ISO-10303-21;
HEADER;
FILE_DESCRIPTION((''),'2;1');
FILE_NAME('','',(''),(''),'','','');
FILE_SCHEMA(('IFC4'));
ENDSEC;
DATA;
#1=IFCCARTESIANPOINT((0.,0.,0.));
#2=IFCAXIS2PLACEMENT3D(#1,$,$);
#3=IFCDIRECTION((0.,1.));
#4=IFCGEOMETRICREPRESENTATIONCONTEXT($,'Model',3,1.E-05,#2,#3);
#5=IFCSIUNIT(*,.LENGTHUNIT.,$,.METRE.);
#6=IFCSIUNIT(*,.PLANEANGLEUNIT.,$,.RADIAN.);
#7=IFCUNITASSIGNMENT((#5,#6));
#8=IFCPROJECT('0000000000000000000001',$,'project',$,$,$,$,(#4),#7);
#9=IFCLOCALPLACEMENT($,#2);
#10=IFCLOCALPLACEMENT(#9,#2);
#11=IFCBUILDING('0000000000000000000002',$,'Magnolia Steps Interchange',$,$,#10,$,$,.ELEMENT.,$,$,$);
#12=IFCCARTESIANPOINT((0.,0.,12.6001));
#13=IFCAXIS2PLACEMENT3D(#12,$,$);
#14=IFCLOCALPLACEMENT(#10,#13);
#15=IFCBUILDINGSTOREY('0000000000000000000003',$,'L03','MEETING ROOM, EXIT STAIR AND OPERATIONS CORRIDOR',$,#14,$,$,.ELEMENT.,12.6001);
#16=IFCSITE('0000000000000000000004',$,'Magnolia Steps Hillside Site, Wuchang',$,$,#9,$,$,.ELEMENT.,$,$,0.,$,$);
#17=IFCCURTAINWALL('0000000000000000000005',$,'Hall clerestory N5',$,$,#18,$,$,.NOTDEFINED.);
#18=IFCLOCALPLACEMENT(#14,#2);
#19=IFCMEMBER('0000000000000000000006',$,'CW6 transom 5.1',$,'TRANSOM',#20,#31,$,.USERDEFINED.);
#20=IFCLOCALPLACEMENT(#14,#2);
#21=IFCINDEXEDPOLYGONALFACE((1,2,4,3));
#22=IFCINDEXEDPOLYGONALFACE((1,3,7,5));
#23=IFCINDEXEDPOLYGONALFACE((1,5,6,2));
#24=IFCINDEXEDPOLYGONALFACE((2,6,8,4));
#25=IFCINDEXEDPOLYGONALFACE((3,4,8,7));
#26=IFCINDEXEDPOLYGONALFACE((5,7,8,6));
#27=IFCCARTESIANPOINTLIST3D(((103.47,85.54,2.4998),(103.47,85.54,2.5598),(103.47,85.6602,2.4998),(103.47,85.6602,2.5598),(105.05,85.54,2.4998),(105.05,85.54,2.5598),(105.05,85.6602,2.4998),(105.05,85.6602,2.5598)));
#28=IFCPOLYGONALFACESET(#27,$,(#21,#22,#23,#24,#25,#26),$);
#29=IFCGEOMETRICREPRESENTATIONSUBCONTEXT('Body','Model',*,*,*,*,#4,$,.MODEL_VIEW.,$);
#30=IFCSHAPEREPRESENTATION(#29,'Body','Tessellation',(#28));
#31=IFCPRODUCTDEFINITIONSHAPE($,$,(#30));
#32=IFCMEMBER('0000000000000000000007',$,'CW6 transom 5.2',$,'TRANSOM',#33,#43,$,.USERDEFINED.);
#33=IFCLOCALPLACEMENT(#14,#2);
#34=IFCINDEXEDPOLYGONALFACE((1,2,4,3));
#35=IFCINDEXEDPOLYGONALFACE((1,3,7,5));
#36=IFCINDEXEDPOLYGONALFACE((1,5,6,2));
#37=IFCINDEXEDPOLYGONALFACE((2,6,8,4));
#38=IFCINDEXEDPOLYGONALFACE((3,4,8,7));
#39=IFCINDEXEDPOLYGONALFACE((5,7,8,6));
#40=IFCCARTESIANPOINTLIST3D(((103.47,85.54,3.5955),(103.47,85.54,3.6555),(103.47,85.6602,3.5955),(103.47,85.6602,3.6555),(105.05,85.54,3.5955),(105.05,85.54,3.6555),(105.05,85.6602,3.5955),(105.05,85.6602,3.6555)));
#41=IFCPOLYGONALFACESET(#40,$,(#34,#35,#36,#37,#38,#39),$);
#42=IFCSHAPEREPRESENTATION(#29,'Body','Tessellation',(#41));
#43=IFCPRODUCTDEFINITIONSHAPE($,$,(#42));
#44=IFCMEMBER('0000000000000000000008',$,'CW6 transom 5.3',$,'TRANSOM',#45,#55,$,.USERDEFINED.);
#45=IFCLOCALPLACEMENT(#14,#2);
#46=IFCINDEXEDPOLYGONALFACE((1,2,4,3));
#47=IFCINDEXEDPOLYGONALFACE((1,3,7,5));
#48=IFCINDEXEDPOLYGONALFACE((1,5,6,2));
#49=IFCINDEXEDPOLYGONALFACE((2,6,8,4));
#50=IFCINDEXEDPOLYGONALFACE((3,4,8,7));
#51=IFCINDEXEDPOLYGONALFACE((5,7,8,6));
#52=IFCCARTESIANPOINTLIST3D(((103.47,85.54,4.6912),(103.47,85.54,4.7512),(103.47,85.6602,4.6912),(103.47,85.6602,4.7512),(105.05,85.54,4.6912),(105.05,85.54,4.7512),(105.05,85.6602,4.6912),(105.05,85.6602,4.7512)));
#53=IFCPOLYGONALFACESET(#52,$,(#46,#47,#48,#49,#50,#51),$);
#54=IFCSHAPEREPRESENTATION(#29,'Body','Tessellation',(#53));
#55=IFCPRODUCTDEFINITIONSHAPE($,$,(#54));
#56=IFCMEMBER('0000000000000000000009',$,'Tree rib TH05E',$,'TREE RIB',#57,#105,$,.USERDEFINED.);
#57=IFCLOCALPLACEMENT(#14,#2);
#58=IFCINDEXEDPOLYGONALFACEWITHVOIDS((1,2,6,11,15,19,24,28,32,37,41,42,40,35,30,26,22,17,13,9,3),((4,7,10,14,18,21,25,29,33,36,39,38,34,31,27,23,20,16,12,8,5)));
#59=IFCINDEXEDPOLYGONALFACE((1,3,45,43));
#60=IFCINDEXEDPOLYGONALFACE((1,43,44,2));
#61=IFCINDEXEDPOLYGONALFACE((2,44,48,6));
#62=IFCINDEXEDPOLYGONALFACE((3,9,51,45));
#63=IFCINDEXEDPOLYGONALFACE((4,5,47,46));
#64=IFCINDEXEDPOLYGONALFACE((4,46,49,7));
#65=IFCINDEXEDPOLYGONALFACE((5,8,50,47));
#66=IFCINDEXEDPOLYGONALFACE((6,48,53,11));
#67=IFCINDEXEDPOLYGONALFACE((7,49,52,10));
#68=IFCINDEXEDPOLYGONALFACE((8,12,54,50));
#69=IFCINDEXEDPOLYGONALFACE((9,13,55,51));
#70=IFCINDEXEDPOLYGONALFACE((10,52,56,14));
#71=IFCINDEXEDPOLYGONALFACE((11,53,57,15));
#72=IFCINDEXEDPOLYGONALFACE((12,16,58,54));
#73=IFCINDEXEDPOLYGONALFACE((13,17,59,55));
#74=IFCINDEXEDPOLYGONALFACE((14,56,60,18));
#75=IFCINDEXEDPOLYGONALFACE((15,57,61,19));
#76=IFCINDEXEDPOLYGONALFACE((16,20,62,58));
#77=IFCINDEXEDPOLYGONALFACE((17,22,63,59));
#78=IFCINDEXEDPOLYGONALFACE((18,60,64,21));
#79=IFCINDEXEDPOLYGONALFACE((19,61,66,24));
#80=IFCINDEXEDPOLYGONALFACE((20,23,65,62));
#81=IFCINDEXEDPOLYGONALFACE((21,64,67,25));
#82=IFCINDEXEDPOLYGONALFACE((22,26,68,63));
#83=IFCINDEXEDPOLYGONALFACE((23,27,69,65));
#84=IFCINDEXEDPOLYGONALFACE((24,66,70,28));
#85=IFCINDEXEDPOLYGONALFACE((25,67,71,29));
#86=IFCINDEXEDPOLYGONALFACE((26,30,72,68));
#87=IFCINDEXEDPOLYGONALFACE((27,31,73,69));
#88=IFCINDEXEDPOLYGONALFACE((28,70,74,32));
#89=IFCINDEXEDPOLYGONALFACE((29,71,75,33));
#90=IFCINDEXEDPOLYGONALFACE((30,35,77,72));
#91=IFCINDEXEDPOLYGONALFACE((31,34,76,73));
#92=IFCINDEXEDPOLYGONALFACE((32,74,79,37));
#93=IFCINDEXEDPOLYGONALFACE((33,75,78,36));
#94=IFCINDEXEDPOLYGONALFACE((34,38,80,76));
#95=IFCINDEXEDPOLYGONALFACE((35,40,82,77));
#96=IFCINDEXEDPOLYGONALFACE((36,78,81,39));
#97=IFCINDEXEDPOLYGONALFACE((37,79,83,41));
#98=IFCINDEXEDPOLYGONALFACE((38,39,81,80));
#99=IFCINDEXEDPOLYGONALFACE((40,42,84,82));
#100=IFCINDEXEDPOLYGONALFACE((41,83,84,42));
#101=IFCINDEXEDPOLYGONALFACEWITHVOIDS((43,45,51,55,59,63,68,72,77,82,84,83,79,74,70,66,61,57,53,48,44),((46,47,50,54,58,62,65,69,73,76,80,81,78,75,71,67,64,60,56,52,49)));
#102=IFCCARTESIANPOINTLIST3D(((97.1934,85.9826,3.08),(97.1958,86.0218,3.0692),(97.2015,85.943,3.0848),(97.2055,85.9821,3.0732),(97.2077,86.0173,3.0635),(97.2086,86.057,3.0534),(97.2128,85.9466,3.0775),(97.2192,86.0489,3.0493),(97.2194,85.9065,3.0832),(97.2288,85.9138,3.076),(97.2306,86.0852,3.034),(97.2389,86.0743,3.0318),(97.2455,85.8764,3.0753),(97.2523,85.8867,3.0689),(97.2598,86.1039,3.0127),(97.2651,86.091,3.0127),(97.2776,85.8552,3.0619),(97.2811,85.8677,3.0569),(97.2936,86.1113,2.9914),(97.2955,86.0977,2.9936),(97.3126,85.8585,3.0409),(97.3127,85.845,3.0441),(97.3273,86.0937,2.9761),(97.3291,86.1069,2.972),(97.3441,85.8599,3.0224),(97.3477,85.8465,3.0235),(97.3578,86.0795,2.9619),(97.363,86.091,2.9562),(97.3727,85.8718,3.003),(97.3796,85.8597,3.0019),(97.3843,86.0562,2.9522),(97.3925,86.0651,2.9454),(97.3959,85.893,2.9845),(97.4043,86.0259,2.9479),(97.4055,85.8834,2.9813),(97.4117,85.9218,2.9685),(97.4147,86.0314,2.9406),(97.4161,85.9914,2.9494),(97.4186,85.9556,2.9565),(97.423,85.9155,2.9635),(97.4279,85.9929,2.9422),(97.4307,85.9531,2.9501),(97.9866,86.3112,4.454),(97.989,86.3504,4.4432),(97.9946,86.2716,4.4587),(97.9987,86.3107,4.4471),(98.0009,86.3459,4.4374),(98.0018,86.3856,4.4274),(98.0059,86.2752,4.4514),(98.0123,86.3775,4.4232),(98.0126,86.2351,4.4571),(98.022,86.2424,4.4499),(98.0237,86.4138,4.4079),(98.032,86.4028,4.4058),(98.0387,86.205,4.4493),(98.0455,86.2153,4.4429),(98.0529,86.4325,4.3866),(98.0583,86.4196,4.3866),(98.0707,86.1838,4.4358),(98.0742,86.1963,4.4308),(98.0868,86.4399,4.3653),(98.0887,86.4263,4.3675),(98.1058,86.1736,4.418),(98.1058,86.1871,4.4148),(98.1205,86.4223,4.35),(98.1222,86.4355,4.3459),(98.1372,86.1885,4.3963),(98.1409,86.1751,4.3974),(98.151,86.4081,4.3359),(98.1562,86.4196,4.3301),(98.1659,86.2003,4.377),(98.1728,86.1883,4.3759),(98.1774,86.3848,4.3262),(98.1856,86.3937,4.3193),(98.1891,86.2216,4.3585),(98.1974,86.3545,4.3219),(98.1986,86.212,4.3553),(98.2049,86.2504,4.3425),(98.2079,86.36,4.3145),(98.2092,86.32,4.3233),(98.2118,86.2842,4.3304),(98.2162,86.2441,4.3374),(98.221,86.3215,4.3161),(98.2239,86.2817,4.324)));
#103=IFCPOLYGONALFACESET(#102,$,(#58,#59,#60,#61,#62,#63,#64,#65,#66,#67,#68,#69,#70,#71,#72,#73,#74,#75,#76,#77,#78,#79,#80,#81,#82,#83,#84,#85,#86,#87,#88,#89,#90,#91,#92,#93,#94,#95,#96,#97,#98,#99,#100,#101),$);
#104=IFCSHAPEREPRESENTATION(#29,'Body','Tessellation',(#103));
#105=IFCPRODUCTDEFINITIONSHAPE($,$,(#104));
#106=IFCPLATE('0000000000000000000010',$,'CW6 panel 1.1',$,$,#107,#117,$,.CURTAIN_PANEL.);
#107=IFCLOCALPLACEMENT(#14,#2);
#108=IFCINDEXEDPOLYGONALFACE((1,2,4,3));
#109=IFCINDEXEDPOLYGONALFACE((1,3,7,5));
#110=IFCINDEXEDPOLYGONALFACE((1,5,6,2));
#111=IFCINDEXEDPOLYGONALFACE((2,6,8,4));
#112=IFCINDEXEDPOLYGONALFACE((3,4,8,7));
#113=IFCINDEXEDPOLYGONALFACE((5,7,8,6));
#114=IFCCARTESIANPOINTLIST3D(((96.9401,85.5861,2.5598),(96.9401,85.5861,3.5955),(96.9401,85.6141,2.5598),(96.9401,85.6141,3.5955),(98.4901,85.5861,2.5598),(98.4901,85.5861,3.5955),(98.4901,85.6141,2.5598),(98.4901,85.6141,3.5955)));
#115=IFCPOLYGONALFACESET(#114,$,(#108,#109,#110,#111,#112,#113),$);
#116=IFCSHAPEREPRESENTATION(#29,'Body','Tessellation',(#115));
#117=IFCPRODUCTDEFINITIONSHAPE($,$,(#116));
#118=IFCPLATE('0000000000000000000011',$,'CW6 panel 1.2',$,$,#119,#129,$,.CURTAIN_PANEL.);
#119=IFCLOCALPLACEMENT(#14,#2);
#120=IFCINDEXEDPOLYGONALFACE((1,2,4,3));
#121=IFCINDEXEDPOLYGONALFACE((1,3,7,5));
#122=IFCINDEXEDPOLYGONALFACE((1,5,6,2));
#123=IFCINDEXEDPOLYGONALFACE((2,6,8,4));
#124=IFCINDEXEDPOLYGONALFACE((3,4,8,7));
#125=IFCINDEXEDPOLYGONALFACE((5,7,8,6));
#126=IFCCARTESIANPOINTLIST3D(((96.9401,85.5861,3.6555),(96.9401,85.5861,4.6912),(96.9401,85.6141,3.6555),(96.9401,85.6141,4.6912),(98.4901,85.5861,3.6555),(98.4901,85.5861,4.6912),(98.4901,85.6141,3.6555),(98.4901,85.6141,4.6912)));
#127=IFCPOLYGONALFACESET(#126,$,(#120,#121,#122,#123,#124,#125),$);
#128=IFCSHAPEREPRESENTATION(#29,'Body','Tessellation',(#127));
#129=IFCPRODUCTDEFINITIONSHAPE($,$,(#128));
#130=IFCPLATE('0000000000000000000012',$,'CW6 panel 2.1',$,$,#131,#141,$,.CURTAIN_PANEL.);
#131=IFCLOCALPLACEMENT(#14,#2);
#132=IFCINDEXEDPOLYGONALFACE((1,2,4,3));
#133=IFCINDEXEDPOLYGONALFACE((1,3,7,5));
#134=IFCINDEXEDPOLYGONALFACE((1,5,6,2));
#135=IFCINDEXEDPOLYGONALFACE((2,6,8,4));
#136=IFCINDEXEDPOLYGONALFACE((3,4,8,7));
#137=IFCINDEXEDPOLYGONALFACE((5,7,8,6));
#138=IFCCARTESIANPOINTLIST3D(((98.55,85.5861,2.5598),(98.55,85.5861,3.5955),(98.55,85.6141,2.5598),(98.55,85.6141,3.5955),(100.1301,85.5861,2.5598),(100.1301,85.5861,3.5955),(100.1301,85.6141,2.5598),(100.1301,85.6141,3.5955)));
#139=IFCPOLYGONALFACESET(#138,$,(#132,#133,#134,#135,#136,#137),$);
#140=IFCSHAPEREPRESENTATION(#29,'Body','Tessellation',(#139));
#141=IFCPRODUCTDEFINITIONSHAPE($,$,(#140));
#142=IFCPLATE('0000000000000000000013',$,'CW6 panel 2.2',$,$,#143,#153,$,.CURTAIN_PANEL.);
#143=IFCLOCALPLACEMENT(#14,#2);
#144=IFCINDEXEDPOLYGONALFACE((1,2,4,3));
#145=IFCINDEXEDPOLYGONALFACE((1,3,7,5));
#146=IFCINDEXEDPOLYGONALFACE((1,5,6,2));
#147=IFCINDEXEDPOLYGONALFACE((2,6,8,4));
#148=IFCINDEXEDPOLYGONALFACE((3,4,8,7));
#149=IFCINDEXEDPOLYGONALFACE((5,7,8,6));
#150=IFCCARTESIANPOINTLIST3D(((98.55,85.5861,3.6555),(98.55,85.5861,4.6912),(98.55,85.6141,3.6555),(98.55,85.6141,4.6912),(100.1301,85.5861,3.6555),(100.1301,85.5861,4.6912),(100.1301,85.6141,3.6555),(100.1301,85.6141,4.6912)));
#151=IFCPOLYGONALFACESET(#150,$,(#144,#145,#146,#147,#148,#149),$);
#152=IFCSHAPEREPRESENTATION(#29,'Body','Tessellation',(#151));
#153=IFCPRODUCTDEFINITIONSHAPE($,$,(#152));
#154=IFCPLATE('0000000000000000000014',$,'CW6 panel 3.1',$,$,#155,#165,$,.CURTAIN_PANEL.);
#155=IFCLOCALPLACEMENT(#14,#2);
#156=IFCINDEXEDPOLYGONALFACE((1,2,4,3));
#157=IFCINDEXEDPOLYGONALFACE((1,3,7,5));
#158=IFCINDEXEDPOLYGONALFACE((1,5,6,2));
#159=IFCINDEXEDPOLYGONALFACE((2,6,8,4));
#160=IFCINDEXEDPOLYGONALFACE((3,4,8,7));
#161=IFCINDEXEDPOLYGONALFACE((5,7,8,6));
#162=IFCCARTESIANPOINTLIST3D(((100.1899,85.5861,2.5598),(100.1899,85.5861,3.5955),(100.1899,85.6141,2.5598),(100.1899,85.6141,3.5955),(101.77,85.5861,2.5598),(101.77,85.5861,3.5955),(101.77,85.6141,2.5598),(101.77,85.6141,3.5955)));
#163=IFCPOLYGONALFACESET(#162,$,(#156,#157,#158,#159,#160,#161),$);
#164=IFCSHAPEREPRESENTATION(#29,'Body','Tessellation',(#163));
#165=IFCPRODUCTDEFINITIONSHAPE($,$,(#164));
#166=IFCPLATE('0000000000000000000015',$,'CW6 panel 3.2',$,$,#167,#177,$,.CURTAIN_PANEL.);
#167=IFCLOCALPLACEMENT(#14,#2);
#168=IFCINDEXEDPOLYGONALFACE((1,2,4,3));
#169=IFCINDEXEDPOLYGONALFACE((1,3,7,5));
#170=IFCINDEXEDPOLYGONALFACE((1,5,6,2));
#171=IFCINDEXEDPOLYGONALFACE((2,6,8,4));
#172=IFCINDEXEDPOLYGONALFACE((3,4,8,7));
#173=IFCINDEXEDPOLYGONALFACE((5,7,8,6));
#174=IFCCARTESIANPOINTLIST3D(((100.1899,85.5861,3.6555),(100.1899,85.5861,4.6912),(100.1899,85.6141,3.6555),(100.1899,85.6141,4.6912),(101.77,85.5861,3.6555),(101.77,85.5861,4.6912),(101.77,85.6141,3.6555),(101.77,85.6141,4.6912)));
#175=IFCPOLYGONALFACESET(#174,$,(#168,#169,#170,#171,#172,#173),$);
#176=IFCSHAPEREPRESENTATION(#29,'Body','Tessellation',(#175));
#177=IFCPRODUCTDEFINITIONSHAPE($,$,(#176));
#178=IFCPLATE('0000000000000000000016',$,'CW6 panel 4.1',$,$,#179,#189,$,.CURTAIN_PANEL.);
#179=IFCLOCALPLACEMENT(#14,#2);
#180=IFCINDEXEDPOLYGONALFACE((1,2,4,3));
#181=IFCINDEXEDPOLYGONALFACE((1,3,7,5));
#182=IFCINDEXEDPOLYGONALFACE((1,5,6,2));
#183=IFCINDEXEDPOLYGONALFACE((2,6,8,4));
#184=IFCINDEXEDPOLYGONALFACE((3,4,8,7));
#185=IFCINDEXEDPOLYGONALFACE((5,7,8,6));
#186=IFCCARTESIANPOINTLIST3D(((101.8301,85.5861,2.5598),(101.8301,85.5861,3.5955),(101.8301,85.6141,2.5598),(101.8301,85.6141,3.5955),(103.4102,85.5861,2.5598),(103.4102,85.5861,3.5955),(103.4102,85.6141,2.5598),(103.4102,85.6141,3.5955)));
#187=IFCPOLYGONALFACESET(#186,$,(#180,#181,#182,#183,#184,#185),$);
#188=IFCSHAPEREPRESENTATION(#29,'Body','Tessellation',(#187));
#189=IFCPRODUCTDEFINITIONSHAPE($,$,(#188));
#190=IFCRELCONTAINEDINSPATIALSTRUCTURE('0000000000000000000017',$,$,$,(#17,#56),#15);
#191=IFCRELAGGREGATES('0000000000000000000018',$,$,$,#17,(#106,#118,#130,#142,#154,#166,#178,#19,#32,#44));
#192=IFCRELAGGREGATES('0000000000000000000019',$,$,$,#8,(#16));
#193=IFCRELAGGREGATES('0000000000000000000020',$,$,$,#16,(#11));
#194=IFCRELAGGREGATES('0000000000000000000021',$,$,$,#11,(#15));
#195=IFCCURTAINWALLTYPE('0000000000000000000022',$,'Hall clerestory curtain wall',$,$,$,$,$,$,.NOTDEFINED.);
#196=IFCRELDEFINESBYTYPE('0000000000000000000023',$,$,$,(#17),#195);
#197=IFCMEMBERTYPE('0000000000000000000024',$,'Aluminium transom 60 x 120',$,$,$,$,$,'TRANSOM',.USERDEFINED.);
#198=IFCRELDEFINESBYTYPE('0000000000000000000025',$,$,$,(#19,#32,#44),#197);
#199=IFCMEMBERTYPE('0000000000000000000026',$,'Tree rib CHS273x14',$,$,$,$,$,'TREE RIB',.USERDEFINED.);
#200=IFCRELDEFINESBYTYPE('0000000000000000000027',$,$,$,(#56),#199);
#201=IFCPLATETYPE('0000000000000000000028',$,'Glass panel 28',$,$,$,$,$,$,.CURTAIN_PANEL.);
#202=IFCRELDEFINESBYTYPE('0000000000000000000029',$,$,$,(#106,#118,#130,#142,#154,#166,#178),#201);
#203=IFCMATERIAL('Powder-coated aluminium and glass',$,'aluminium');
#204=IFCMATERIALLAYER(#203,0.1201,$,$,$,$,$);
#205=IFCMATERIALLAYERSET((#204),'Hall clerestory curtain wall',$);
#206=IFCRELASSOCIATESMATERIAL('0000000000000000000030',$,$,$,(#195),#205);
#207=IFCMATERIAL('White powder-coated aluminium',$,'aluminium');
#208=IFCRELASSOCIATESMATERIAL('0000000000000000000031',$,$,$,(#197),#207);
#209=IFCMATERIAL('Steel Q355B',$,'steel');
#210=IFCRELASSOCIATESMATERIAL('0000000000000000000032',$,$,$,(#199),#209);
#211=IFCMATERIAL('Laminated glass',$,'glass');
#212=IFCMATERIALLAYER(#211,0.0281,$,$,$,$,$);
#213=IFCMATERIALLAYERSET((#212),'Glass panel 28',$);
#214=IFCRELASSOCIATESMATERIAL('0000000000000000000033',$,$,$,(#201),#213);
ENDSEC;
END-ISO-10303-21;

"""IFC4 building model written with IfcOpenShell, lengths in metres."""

from ifc_helpers import new_model, si_unit, direction, frame, origin, origin_2d, place, context, subcontext, project, spatial, rectangle, hollow_circle, extrude, material, layer, layer_set, material_profile, profile_set, type_object, element, aggregate, save


model = new_model("IFC4")

# Units and contexts
model_context = context("Model", 3, precision=1e-05, world=origin(), true_north=direction((0.0, 1.0)))
body_context = subcontext(model_context, "Body", "Model", "MODEL_VIEW")
ifc_project = project(units=[si_unit("LENGTHUNIT", "METRE"), si_unit("PLANEANGLEUNIT", "RADIAN")], contexts=[model_context])

# Site, building, storey
site_placement = place(None, origin())
site = spatial("IfcSite", under=ifc_project, at=site_placement, Name="Magnolia Steps Hillside Site, Wuchang", CompositionType="ELEMENT", RefElevation=0.0)
building_placement = place(site_placement, origin())
building = spatial("IfcBuilding", under=site, at=building_placement, Name="Magnolia Steps Interchange", CompositionType="ELEMENT")
storey_placement = place(building_placement, frame((0.0, 0.0, 12.6001)))
storey = spatial("IfcBuildingStorey", under=building, at=storey_placement, Name="L03", Description="MEETING ROOM, EXIT STAIR AND OPERATIONS CORRIDOR", CompositionType="ELEMENT", Elevation=12.6001)

# Curtain wall, members
ifc_material_1 = material(Name="Powder-coated aluminium and glass", Category="aluminium")
ifc_layer_1 = layer(ifc_material_1, 0.1201)
ifc_layer_set_1 = layer_set([ifc_layer_1], Name="Hall clerestory curtain wall")
curtain_wall_type = type_object("IfcCurtainWallType", Name="Hall clerestory curtain wall", PredefinedType="NOTDEFINED", material=ifc_layer_set_1)
curtain_wall_placement = place(storey_placement, origin())
curtain_wall = element("IfcCurtainWall", 1, at=curtain_wall_placement, inside=storey, type_object=curtain_wall_type, Name="Hall clerestory N5", PredefinedType="NOTDEFINED")
ifc_material_2 = material(Name="White powder-coated aluminium", Category="aluminium")
ifc_material_profile_1 = material_profile(ifc_material_2, rectangle(XDim=0.0601, YDim=0.1201, at=origin_2d()), Name="Aluminium transom 60 x 120")
ifc_profile_set_1 = profile_set([ifc_material_profile_1], Name="White powder-coated aluminium")
member_type_1 = type_object("IfcMemberType", Name="Aluminium transom 60 x 120", ElementType="TRANSOM", PredefinedType="USERDEFINED", material=ifc_profile_set_1)
member_1_placement = place(storey_placement, frame((103.47, 85.6001, 2.5298), z_axis=(1.0, 0.0, 0.0), x_axis=(0.0, 0.0, 1.0)))
member_1 = element("IfcMember", 2, at=member_1_placement, type_object=member_type_1, Name="CW6 transom 5.1", ObjectType="TRANSOM", PredefinedType="USERDEFINED", context=body_context, shape_type="SweptSolid", body=[
    extrude(rectangle(XDim=0.0601, YDim=0.1201, at=origin_2d()), origin(), (0.0, 0.0, 1.0), 1.5801),
])
member_2_placement = place(storey_placement, frame((103.47, 85.6001, 3.6255), z_axis=(1.0, 0.0, 0.0), x_axis=(0.0, 0.0, 1.0)))
member_2 = element("IfcMember", 3, at=member_2_placement, type_object=member_type_1, Name="CW6 transom 5.2", ObjectType="TRANSOM", PredefinedType="USERDEFINED", context=body_context, shape_type="SweptSolid", body=[
    extrude(rectangle(XDim=0.0601, YDim=0.1201, at=origin_2d()), origin(), (0.0, 0.0, 1.0), 1.5801),
])
member_3_placement = place(storey_placement, frame((103.47, 85.6001, 4.7212), z_axis=(1.0, 0.0, 0.0), x_axis=(0.0, 0.0, 1.0)))
member_3 = element("IfcMember", 4, at=member_3_placement, type_object=member_type_1, Name="CW6 transom 5.3", ObjectType="TRANSOM", PredefinedType="USERDEFINED", context=body_context, shape_type="SweptSolid", body=[
    extrude(rectangle(XDim=0.0601, YDim=0.1201, at=origin_2d()), origin(), (0.0, 0.0, 1.0), 1.5801),
])

# Member
ifc_material_3 = material(Name="Steel Q355B", Category="steel")
ifc_material_profile_2 = material_profile(ifc_material_3, hollow_circle(Radius=0.1365, WallThickness=0.0139, at=origin_2d()), Name="CHS273x14")
ifc_profile_set_2 = profile_set([ifc_material_profile_2], Name="Steel Q355B")
member_type_2 = type_object("IfcMemberType", Name="Tree rib CHS273x14", ElementType="TREE RIB", PredefinedType="USERDEFINED", material=ifc_profile_set_2)
member_4_placement = place(storey_placement, frame((97.312, 85.9778, 3.0127), z_axis=(0.489571, 0.20282, 0.848047), x_axis=(-0.382737, 0.923857, 0.0)))
element("IfcMember", 5, at=member_4_placement, inside=storey, type_object=member_type_2, Name="Tree rib TH05E", ObjectType="TREE RIB", PredefinedType="USERDEFINED", context=body_context, shape_type="SweptSolid", body=[
    extrude(hollow_circle(Radius=0.1365, WallThickness=0.0139, at=origin_2d()), origin(), (0.0, 0.0, 1.0), 1.6201),
])

# Plates
ifc_material_4 = material(Name="Laminated glass", Category="glass")
ifc_layer_2 = layer(ifc_material_4, 0.0281)
ifc_layer_set_2 = layer_set([ifc_layer_2], Name="Glass panel 28")
plate_type = type_object("IfcPlateType", Name="Glass panel 28", PredefinedType="CURTAIN_PANEL", material=ifc_layer_set_2)
plate_1_placement = place(storey_placement, frame((97.7151, 85.6001, 2.5598), z_axis=(0.0, 0.0, 1.0), x_axis=(1.0, 0.0, 0.0)))
plate_1 = element("IfcPlate", 6, at=plate_1_placement, type_object=plate_type, Name="CW6 panel 1.1", PredefinedType="CURTAIN_PANEL", context=body_context, shape_type="SweptSolid", body=[
    extrude(rectangle(XDim=1.55, YDim=0.0281, at=origin_2d()), origin(), (0.0, 0.0, 1.0), 1.0356),
])
plate_2_placement = place(storey_placement, frame((97.7151, 85.6001, 3.6555), z_axis=(0.0, 0.0, 1.0), x_axis=(1.0, 0.0, 0.0)))
plate_2 = element("IfcPlate", 7, at=plate_2_placement, type_object=plate_type, Name="CW6 panel 1.2", PredefinedType="CURTAIN_PANEL", context=body_context, shape_type="SweptSolid", body=[
    extrude(rectangle(XDim=1.55, YDim=0.0281, at=origin_2d()), origin(), (0.0, 0.0, 1.0), 1.0356),
])
plate_3_placement = place(storey_placement, frame((99.3401, 85.6001, 2.5598), z_axis=(0.0, 0.0, 1.0), x_axis=(1.0, 0.0, 0.0)))
plate_3 = element("IfcPlate", 8, at=plate_3_placement, type_object=plate_type, Name="CW6 panel 2.1", PredefinedType="CURTAIN_PANEL", context=body_context, shape_type="SweptSolid", body=[
    extrude(rectangle(XDim=1.5801, YDim=0.0281, at=origin_2d()), origin(), (0.0, 0.0, 1.0), 1.0356),
])
plate_4_placement = place(storey_placement, frame((99.3401, 85.6001, 3.6555), z_axis=(0.0, 0.0, 1.0), x_axis=(1.0, 0.0, 0.0)))
plate_4 = element("IfcPlate", 9, at=plate_4_placement, type_object=plate_type, Name="CW6 panel 2.2", PredefinedType="CURTAIN_PANEL", context=body_context, shape_type="SweptSolid", body=[
    extrude(rectangle(XDim=1.5801, YDim=0.0281, at=origin_2d()), origin(), (0.0, 0.0, 1.0), 1.0356),
])
plate_5_placement = place(storey_placement, frame((100.98, 85.6001, 2.5598), z_axis=(0.0, 0.0, 1.0), x_axis=(1.0, 0.0, 0.0)))
plate_5 = element("IfcPlate", 10, at=plate_5_placement, type_object=plate_type, Name="CW6 panel 3.1", PredefinedType="CURTAIN_PANEL", context=body_context, shape_type="SweptSolid", body=[
    extrude(rectangle(XDim=1.5801, YDim=0.0281, at=origin_2d()), origin(), (0.0, 0.0, 1.0), 1.0356),
])
plate_6_placement = place(storey_placement, frame((100.98, 85.6001, 3.6555), z_axis=(0.0, 0.0, 1.0), x_axis=(1.0, 0.0, 0.0)))
plate_6 = element("IfcPlate", 11, at=plate_6_placement, type_object=plate_type, Name="CW6 panel 3.2", PredefinedType="CURTAIN_PANEL", context=body_context, shape_type="SweptSolid", body=[
    extrude(rectangle(XDim=1.5801, YDim=0.0281, at=origin_2d()), origin(), (0.0, 0.0, 1.0), 1.0356),
])
plate_7_placement = place(storey_placement, frame((102.6201, 85.6001, 2.5598), z_axis=(0.0, 0.0, 1.0), x_axis=(1.0, 0.0, 0.0)))
plate_7 = element("IfcPlate", 12, at=plate_7_placement, type_object=plate_type, Name="CW6 panel 4.1", PredefinedType="CURTAIN_PANEL", context=body_context, shape_type="SweptSolid", body=[
    extrude(rectangle(XDim=1.5801, YDim=0.0281, at=origin_2d()), origin(), (0.0, 0.0, 1.0), 1.0356),
])
aggregate(curtain_wall, [plate_1, plate_2, plate_3, plate_4, plate_5, plate_6, plate_7, member_1, member_2, member_3])

save(model, "model.ifc")
